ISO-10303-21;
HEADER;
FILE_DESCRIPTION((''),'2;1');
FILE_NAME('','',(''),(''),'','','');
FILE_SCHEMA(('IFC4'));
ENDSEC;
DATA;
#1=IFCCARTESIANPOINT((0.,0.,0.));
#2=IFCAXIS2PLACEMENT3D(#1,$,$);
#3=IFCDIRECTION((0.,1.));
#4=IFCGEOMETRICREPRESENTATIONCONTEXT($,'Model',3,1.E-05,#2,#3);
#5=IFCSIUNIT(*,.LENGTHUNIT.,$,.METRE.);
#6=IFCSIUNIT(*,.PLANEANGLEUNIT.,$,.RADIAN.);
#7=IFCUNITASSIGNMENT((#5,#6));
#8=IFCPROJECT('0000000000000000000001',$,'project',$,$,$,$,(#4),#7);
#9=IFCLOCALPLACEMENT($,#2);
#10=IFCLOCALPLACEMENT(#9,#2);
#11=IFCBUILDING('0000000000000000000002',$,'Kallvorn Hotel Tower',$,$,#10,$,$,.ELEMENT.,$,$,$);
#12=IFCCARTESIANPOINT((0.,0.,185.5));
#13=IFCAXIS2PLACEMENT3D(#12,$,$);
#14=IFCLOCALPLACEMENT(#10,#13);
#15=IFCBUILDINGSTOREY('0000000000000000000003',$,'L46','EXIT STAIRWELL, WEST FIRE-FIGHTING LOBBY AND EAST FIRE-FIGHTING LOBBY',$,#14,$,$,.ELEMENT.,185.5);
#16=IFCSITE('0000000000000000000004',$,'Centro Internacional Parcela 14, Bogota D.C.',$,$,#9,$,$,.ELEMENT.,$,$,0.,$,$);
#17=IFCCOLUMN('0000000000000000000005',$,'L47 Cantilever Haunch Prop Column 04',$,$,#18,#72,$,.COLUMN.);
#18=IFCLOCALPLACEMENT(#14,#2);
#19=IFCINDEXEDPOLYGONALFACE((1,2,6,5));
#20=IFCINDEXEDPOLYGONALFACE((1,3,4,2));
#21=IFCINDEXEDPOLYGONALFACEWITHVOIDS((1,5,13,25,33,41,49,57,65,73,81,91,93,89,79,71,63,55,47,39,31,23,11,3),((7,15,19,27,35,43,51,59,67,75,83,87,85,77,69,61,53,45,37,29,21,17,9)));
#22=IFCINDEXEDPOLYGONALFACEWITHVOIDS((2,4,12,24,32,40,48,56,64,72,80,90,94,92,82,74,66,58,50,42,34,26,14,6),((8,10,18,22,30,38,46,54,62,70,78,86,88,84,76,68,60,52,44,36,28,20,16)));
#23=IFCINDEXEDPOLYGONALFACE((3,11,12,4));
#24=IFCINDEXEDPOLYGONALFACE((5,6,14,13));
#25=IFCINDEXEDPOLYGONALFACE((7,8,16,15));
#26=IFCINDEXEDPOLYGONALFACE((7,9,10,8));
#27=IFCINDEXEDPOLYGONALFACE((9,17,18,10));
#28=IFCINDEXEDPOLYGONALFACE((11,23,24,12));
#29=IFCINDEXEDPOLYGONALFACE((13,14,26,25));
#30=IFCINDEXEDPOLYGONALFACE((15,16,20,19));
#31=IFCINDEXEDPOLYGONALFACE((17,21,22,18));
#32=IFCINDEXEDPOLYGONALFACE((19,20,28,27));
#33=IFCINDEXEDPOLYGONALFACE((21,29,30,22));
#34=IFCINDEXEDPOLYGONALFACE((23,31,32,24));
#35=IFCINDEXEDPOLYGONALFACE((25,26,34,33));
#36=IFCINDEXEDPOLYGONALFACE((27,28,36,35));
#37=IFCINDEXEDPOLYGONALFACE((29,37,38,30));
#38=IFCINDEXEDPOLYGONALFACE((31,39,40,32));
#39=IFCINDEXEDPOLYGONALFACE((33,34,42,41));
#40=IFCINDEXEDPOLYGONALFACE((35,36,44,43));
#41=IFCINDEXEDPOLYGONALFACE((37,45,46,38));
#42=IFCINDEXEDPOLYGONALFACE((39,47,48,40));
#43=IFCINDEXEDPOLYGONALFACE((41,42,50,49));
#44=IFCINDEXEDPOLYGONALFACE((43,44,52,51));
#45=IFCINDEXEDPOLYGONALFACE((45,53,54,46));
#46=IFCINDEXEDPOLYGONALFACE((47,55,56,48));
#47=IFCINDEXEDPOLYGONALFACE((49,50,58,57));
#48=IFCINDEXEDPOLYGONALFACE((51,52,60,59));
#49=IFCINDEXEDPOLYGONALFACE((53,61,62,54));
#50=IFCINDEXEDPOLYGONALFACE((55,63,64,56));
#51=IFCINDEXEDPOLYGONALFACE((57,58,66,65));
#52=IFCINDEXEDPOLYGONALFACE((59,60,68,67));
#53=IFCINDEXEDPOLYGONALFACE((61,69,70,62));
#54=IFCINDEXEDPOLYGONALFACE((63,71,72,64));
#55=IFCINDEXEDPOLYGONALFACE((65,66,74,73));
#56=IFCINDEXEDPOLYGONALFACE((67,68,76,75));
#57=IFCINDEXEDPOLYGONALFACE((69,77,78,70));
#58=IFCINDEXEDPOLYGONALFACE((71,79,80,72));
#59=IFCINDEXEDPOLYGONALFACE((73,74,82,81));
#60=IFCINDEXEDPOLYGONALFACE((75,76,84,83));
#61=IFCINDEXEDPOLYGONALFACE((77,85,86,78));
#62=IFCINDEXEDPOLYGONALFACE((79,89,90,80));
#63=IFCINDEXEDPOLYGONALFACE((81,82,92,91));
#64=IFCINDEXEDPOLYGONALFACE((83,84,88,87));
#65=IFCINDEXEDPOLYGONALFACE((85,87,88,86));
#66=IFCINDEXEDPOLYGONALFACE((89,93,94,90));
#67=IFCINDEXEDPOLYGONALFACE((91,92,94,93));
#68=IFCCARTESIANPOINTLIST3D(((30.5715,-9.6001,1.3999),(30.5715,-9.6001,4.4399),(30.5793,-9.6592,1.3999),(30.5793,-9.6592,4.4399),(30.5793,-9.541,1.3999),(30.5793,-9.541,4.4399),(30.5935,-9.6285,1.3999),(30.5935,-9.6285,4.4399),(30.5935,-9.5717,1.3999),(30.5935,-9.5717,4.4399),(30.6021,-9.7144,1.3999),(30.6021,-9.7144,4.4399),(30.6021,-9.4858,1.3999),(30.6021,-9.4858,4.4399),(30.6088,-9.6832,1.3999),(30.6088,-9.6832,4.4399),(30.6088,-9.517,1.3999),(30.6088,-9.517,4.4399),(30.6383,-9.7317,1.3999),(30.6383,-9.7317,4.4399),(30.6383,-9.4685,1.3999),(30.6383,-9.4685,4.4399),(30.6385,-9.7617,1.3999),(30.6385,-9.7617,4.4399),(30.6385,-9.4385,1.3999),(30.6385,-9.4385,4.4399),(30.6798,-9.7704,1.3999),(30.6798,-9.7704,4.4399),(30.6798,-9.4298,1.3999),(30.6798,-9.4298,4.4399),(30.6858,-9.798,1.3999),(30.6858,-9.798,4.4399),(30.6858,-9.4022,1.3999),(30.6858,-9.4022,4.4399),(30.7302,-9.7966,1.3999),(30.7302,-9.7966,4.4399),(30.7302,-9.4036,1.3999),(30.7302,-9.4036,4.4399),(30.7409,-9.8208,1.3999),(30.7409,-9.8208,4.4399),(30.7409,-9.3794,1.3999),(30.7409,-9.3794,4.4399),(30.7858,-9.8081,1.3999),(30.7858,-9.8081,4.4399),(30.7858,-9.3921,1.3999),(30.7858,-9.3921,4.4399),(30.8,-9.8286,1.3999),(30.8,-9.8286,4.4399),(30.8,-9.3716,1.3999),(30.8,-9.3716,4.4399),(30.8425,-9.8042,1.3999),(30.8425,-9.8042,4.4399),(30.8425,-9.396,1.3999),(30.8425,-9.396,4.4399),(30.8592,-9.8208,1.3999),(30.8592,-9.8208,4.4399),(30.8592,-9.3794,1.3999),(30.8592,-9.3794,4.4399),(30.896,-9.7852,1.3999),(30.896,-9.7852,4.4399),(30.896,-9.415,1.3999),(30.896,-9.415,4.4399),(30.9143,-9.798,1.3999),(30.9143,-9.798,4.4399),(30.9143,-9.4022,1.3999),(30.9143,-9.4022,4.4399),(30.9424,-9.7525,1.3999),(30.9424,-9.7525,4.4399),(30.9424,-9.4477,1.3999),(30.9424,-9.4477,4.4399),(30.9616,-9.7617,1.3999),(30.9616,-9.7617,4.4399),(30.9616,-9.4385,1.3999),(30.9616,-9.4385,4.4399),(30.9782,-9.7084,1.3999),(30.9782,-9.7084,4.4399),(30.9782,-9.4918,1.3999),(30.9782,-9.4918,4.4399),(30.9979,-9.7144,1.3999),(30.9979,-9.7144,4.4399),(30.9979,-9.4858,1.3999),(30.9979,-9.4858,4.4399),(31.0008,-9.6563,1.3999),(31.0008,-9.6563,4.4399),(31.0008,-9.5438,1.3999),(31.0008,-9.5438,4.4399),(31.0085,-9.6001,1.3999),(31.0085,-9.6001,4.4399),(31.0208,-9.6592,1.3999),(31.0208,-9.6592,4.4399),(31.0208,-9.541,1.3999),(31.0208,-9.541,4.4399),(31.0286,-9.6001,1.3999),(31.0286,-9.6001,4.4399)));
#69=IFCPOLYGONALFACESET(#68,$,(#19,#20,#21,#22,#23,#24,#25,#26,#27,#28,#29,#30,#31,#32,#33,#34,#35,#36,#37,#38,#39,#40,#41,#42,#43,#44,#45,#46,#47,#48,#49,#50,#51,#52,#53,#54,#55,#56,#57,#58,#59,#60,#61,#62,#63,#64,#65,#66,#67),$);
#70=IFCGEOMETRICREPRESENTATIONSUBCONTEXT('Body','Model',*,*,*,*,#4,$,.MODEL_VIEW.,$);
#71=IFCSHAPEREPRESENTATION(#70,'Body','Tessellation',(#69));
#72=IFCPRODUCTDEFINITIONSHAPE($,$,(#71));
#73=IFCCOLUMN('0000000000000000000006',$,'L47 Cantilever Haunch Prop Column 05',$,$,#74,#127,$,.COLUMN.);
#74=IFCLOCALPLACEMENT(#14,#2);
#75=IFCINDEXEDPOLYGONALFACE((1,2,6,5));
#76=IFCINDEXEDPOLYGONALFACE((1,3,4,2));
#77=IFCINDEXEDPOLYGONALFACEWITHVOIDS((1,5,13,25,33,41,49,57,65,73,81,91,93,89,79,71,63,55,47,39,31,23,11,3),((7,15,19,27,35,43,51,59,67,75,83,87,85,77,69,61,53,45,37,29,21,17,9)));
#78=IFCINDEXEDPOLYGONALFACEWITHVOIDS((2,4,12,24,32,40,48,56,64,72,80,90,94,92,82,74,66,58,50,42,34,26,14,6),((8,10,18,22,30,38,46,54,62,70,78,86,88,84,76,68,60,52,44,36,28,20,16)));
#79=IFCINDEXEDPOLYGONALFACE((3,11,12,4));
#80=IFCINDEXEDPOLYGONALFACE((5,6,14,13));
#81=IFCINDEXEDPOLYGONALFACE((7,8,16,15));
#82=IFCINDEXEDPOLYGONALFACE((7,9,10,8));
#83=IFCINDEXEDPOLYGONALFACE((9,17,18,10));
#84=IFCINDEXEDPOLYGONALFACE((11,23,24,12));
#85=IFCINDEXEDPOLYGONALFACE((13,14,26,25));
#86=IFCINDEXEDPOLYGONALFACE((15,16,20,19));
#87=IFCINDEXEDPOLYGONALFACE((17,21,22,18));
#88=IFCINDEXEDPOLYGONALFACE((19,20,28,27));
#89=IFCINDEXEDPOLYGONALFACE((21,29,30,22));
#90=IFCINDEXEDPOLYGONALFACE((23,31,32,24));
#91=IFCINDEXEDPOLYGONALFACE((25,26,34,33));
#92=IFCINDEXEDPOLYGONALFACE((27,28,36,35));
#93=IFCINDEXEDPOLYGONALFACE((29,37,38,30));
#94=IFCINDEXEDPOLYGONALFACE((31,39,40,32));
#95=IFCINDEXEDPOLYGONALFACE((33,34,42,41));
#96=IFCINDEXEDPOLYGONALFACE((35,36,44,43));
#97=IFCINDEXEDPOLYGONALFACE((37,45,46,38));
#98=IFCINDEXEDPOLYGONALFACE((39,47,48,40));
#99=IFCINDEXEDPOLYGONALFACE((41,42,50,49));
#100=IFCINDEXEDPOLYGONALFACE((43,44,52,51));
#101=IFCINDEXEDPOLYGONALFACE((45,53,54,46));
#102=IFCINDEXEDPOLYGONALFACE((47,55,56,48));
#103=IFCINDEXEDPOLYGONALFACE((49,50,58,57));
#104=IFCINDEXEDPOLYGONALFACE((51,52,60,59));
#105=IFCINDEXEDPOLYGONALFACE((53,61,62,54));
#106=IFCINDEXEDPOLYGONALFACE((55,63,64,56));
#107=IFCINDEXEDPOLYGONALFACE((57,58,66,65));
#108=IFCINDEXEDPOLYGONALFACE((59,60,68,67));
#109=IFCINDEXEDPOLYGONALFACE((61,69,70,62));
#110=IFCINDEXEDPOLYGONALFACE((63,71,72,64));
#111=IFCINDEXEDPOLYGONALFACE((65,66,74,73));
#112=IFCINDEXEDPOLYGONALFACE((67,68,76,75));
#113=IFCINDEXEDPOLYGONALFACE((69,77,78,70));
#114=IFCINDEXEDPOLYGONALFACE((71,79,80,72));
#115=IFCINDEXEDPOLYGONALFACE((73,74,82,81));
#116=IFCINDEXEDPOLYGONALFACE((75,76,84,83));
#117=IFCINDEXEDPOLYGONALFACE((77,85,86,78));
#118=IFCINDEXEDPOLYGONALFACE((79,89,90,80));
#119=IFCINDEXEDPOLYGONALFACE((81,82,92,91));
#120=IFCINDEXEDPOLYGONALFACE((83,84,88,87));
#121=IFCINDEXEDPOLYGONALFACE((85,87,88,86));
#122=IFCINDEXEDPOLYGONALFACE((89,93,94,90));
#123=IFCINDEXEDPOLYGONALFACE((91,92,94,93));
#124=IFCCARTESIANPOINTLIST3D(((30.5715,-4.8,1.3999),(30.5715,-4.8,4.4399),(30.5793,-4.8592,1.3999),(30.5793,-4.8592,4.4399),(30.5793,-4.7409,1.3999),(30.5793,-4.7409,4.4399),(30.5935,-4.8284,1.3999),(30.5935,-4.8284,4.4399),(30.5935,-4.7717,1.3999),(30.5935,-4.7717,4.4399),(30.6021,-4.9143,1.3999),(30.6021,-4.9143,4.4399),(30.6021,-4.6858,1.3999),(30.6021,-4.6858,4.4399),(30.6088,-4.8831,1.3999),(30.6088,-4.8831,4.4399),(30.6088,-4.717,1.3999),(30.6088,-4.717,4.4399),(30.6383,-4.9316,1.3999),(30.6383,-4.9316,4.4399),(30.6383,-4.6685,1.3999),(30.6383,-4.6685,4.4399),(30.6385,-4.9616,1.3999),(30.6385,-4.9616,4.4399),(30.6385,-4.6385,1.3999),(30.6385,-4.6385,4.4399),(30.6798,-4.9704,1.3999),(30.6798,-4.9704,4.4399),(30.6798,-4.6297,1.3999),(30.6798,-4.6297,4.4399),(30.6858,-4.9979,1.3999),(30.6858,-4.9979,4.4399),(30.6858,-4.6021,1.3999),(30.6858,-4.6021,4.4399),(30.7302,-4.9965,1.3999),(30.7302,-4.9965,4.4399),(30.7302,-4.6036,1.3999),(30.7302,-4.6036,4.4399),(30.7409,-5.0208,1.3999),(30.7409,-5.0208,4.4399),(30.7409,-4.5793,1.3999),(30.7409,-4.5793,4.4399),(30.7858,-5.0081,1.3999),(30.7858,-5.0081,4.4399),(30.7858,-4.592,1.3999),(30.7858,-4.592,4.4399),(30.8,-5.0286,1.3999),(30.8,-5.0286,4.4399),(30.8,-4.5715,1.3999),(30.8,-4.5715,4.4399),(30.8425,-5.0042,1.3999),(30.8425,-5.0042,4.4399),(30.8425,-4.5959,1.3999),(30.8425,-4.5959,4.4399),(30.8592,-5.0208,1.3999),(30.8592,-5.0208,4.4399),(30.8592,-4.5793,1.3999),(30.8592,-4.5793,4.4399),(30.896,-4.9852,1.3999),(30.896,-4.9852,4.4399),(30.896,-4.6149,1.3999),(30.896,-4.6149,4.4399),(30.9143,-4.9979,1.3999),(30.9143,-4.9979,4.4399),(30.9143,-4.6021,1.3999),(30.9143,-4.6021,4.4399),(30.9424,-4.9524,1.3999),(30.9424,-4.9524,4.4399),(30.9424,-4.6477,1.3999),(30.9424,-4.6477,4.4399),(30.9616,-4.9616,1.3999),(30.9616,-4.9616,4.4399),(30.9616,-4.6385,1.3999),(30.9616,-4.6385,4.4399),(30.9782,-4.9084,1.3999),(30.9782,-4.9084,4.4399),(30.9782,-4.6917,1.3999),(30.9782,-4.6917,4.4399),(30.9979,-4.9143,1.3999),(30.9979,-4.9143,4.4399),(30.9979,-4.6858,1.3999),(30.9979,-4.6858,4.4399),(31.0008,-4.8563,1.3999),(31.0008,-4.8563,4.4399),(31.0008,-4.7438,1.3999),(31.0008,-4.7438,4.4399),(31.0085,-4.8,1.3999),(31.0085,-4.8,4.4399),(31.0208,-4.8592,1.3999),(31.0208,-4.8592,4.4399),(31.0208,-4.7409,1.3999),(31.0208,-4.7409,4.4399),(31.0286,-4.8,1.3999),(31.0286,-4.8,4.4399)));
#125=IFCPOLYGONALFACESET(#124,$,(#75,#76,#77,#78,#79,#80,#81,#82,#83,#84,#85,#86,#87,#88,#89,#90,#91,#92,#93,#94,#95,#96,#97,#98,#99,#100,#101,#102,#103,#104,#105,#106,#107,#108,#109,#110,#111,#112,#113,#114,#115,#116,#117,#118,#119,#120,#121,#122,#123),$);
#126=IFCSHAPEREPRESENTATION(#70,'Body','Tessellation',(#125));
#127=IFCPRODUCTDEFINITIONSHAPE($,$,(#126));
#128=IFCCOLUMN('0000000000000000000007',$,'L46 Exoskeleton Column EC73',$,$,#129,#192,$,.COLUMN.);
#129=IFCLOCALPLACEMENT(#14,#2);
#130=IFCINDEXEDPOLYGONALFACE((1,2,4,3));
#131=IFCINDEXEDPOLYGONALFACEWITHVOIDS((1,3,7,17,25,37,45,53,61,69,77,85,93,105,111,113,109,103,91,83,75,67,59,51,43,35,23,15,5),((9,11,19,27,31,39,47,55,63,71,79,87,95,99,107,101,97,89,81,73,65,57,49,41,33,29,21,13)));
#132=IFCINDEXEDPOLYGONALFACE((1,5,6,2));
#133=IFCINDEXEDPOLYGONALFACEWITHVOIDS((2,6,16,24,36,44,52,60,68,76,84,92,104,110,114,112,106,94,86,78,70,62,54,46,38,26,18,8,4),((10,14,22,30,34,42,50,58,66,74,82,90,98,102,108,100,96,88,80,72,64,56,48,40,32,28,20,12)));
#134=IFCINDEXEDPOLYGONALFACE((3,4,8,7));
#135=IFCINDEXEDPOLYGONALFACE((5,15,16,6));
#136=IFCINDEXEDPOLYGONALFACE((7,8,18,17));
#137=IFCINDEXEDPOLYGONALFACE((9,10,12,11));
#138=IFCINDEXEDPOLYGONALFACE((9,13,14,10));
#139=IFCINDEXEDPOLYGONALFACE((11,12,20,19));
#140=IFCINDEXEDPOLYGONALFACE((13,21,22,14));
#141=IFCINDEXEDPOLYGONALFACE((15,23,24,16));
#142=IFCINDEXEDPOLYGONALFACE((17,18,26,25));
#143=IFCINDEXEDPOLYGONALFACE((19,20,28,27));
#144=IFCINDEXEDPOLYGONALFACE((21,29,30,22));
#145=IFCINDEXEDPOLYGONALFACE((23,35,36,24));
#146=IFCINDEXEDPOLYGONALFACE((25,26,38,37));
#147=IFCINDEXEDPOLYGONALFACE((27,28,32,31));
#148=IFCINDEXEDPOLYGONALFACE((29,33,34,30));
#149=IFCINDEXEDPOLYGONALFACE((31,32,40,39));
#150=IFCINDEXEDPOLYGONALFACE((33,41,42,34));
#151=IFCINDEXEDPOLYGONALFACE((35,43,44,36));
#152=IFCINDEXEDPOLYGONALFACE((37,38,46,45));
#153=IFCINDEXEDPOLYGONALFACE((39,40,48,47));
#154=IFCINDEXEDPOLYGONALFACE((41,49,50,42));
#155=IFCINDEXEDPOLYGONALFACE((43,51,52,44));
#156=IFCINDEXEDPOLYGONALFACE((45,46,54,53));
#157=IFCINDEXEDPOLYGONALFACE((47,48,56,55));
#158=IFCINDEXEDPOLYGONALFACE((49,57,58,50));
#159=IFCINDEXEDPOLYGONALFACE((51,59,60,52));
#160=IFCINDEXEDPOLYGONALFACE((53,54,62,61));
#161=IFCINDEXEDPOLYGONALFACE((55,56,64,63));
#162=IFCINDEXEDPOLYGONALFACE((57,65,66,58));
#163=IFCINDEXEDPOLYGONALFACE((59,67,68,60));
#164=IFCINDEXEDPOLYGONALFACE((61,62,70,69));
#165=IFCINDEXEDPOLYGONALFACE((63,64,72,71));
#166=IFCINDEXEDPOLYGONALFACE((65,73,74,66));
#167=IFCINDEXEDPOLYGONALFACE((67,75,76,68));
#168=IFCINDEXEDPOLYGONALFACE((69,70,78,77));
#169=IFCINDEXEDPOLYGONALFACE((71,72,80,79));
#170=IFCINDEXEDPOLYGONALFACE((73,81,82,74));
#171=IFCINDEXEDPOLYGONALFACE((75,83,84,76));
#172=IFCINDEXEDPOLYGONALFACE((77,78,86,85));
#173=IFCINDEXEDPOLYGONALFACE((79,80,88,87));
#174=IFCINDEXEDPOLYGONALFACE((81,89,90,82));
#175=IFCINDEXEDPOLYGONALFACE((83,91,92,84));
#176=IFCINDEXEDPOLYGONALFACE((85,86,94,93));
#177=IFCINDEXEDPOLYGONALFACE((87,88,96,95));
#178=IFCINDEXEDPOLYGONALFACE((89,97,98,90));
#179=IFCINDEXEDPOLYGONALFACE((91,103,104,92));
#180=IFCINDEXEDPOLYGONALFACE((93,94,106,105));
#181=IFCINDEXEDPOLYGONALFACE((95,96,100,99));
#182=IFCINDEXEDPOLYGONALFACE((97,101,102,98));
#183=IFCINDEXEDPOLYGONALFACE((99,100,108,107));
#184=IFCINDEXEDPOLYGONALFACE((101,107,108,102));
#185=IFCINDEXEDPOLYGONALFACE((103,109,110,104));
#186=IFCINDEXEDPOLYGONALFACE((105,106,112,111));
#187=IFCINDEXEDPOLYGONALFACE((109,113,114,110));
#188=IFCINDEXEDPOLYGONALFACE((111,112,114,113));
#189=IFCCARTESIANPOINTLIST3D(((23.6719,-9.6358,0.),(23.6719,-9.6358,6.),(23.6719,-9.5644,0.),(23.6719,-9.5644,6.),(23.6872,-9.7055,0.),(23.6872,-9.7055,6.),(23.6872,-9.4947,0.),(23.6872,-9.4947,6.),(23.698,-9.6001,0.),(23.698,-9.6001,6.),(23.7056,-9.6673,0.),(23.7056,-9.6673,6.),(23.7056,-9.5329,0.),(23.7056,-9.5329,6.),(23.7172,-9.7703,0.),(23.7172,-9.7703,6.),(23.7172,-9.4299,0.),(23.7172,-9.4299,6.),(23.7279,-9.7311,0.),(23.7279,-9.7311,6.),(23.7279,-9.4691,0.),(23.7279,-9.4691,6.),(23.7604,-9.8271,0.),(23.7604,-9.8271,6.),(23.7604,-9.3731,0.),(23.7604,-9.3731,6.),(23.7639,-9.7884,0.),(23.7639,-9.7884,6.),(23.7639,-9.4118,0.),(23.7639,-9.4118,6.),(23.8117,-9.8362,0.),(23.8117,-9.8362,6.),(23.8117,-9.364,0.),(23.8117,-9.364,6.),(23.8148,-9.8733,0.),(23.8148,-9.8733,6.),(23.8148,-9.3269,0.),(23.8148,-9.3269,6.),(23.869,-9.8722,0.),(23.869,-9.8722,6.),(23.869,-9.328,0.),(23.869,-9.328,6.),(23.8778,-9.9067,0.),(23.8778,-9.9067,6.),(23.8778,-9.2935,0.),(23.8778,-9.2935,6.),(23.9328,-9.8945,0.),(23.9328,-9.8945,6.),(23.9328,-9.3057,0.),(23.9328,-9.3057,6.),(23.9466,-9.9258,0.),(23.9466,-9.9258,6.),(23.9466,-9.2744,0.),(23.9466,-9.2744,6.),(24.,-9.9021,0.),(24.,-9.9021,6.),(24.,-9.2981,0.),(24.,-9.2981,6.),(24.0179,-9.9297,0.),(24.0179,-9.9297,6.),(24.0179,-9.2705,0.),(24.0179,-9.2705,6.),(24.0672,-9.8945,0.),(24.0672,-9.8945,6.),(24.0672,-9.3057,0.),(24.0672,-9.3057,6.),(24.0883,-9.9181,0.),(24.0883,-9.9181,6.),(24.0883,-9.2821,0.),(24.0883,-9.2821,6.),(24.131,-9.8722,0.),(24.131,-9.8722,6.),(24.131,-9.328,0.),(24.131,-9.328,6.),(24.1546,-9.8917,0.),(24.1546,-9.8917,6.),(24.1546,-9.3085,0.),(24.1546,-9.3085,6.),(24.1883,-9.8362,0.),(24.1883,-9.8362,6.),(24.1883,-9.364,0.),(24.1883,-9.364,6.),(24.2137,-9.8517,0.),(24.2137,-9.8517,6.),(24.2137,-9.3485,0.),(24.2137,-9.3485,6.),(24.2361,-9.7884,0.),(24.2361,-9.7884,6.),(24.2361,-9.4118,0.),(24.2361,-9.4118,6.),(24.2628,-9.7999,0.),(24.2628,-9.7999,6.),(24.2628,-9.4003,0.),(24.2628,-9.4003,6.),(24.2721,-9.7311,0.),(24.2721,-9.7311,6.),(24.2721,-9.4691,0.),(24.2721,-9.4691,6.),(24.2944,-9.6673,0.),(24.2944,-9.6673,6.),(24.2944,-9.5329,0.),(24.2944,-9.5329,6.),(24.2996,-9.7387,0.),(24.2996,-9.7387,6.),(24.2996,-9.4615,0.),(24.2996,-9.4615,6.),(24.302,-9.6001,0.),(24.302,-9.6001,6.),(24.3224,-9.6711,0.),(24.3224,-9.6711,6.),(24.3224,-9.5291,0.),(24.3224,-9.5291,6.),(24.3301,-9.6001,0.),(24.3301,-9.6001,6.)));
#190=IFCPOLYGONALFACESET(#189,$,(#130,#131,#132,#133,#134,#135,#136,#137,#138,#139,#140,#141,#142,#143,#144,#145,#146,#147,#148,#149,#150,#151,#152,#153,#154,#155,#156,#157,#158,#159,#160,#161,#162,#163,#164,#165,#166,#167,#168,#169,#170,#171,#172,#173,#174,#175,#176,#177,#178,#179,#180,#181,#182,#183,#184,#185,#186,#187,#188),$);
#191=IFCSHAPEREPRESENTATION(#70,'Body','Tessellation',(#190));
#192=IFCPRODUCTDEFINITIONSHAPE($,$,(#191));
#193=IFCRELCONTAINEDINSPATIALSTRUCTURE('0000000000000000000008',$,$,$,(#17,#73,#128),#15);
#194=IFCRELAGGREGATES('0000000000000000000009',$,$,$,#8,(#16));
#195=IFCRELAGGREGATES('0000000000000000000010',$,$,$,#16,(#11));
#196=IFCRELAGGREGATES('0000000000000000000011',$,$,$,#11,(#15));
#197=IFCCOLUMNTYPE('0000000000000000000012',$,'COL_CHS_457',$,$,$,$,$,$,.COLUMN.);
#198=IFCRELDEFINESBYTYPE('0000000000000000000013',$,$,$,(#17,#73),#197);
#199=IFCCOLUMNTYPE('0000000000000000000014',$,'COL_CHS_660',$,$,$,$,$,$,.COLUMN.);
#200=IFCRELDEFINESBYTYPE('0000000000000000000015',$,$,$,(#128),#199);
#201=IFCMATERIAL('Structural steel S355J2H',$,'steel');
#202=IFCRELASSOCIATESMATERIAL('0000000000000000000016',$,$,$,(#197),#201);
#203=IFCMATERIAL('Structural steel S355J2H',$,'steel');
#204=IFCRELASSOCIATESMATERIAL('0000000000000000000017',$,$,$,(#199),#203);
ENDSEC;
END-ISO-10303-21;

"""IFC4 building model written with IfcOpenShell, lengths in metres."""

from ifc_helpers import new_model, si_unit, direction, frame, origin, origin_2d, place, context, subcontext, project, spatial, hollow_circle, extrude, material, material_profile, profile_set, type_object, element, save


model = new_model("IFC4")

# Units and contexts
model_context = context("Model", 3, precision=1e-05, world=origin(), true_north=direction((0.0, 1.0)))
body_context = subcontext(model_context, "Body", "Model", "MODEL_VIEW")
ifc_project = project(units=[si_unit("LENGTHUNIT", "METRE"), si_unit("PLANEANGLEUNIT", "RADIAN")], contexts=[model_context])

# Site, building, storey
site_placement = place(None, origin())
site = spatial("IfcSite", under=ifc_project, at=site_placement, Name="Centro Internacional Parcela 14, Bogota D.C.", CompositionType="ELEMENT", RefElevation=0.0)
building_placement = place(site_placement, origin())
building = spatial("IfcBuilding", under=site, at=building_placement, Name="Kallvorn Hotel Tower", CompositionType="ELEMENT")
storey_placement = place(building_placement, frame((0.0, 0.0, 185.5)))
storey = spatial("IfcBuildingStorey", under=building, at=storey_placement, Name="L46", Description="EXIT STAIRWELL, WEST FIRE-FIGHTING LOBBY AND EAST FIRE-FIGHTING LOBBY", CompositionType="ELEMENT", Elevation=185.5)

# Columns
ifc_material_1 = material(Name="Structural steel S355J2H", Category="steel")
ifc_material_profile_1 = material_profile(ifc_material_1, hollow_circle(Radius=0.2285, WallThickness=0.02, at=origin_2d()), Name="CHS 457x20")
ifc_profile_set_1 = profile_set([ifc_material_profile_1], Name="Structural steel S355J2H")
column_type_1 = type_object("IfcColumnType", Name="COL_CHS_457", PredefinedType="COLUMN", material=ifc_profile_set_1)
for number, where, z_axis, x_axis, name in (
    (1, (30.8, -9.6001, 1.3999), (0.0, 0.0, 1.0), (1.0, 0.0, 0.0), "L47 Cantilever Haunch Prop Column 04"),
    (2, (30.8, -4.8, 1.3999), (0.0, 0.0, 1.0), (1.0, 0.0, 0.0), "L47 Cantilever Haunch Prop Column 05"),
):
    element("IfcColumn", number, at=place(storey_placement, frame(where, z_axis=z_axis, x_axis=x_axis)), inside=storey, type_object=column_type_1, Name=name, PredefinedType="COLUMN", context=body_context, shape_type="SweptSolid", body=[
        extrude(hollow_circle(Radius=0.2285, WallThickness=0.02, at=origin_2d()), origin(), (0.0, 0.0, 1.0), 3.04),
    ])
ifc_material_2 = material(Name="Structural steel S355J2H", Category="steel")
ifc_material_profile_2 = material_profile(ifc_material_2, hollow_circle(Radius=0.3301, WallThickness=0.0281, at=origin_2d()), Name="CHS 660x28")
ifc_profile_set_2 = profile_set([ifc_material_profile_2], Name="Structural steel S355J2H")
column_type_2 = type_object("IfcColumnType", Name="COL_CHS_660", PredefinedType="COLUMN", material=ifc_profile_set_2)
for number, where, z_axis, x_axis, name in (
    (3, (24.0, -9.6001, 0.0), (0.0, 0.0, 1.0), (1.0, 0.0, 0.0), "L46 Exoskeleton Column EC73"),
):
    element("IfcColumn", number, at=place(storey_placement, frame(where, z_axis=z_axis, x_axis=x_axis)), inside=storey, type_object=column_type_2, Name=name, PredefinedType="COLUMN", context=body_context, shape_type="SweptSolid", body=[
        extrude(hollow_circle(Radius=0.3301, WallThickness=0.0281, at=origin_2d()), origin(), (0.0, 0.0, 1.0), 6.0),
    ])

save(model, "model.ifc")
